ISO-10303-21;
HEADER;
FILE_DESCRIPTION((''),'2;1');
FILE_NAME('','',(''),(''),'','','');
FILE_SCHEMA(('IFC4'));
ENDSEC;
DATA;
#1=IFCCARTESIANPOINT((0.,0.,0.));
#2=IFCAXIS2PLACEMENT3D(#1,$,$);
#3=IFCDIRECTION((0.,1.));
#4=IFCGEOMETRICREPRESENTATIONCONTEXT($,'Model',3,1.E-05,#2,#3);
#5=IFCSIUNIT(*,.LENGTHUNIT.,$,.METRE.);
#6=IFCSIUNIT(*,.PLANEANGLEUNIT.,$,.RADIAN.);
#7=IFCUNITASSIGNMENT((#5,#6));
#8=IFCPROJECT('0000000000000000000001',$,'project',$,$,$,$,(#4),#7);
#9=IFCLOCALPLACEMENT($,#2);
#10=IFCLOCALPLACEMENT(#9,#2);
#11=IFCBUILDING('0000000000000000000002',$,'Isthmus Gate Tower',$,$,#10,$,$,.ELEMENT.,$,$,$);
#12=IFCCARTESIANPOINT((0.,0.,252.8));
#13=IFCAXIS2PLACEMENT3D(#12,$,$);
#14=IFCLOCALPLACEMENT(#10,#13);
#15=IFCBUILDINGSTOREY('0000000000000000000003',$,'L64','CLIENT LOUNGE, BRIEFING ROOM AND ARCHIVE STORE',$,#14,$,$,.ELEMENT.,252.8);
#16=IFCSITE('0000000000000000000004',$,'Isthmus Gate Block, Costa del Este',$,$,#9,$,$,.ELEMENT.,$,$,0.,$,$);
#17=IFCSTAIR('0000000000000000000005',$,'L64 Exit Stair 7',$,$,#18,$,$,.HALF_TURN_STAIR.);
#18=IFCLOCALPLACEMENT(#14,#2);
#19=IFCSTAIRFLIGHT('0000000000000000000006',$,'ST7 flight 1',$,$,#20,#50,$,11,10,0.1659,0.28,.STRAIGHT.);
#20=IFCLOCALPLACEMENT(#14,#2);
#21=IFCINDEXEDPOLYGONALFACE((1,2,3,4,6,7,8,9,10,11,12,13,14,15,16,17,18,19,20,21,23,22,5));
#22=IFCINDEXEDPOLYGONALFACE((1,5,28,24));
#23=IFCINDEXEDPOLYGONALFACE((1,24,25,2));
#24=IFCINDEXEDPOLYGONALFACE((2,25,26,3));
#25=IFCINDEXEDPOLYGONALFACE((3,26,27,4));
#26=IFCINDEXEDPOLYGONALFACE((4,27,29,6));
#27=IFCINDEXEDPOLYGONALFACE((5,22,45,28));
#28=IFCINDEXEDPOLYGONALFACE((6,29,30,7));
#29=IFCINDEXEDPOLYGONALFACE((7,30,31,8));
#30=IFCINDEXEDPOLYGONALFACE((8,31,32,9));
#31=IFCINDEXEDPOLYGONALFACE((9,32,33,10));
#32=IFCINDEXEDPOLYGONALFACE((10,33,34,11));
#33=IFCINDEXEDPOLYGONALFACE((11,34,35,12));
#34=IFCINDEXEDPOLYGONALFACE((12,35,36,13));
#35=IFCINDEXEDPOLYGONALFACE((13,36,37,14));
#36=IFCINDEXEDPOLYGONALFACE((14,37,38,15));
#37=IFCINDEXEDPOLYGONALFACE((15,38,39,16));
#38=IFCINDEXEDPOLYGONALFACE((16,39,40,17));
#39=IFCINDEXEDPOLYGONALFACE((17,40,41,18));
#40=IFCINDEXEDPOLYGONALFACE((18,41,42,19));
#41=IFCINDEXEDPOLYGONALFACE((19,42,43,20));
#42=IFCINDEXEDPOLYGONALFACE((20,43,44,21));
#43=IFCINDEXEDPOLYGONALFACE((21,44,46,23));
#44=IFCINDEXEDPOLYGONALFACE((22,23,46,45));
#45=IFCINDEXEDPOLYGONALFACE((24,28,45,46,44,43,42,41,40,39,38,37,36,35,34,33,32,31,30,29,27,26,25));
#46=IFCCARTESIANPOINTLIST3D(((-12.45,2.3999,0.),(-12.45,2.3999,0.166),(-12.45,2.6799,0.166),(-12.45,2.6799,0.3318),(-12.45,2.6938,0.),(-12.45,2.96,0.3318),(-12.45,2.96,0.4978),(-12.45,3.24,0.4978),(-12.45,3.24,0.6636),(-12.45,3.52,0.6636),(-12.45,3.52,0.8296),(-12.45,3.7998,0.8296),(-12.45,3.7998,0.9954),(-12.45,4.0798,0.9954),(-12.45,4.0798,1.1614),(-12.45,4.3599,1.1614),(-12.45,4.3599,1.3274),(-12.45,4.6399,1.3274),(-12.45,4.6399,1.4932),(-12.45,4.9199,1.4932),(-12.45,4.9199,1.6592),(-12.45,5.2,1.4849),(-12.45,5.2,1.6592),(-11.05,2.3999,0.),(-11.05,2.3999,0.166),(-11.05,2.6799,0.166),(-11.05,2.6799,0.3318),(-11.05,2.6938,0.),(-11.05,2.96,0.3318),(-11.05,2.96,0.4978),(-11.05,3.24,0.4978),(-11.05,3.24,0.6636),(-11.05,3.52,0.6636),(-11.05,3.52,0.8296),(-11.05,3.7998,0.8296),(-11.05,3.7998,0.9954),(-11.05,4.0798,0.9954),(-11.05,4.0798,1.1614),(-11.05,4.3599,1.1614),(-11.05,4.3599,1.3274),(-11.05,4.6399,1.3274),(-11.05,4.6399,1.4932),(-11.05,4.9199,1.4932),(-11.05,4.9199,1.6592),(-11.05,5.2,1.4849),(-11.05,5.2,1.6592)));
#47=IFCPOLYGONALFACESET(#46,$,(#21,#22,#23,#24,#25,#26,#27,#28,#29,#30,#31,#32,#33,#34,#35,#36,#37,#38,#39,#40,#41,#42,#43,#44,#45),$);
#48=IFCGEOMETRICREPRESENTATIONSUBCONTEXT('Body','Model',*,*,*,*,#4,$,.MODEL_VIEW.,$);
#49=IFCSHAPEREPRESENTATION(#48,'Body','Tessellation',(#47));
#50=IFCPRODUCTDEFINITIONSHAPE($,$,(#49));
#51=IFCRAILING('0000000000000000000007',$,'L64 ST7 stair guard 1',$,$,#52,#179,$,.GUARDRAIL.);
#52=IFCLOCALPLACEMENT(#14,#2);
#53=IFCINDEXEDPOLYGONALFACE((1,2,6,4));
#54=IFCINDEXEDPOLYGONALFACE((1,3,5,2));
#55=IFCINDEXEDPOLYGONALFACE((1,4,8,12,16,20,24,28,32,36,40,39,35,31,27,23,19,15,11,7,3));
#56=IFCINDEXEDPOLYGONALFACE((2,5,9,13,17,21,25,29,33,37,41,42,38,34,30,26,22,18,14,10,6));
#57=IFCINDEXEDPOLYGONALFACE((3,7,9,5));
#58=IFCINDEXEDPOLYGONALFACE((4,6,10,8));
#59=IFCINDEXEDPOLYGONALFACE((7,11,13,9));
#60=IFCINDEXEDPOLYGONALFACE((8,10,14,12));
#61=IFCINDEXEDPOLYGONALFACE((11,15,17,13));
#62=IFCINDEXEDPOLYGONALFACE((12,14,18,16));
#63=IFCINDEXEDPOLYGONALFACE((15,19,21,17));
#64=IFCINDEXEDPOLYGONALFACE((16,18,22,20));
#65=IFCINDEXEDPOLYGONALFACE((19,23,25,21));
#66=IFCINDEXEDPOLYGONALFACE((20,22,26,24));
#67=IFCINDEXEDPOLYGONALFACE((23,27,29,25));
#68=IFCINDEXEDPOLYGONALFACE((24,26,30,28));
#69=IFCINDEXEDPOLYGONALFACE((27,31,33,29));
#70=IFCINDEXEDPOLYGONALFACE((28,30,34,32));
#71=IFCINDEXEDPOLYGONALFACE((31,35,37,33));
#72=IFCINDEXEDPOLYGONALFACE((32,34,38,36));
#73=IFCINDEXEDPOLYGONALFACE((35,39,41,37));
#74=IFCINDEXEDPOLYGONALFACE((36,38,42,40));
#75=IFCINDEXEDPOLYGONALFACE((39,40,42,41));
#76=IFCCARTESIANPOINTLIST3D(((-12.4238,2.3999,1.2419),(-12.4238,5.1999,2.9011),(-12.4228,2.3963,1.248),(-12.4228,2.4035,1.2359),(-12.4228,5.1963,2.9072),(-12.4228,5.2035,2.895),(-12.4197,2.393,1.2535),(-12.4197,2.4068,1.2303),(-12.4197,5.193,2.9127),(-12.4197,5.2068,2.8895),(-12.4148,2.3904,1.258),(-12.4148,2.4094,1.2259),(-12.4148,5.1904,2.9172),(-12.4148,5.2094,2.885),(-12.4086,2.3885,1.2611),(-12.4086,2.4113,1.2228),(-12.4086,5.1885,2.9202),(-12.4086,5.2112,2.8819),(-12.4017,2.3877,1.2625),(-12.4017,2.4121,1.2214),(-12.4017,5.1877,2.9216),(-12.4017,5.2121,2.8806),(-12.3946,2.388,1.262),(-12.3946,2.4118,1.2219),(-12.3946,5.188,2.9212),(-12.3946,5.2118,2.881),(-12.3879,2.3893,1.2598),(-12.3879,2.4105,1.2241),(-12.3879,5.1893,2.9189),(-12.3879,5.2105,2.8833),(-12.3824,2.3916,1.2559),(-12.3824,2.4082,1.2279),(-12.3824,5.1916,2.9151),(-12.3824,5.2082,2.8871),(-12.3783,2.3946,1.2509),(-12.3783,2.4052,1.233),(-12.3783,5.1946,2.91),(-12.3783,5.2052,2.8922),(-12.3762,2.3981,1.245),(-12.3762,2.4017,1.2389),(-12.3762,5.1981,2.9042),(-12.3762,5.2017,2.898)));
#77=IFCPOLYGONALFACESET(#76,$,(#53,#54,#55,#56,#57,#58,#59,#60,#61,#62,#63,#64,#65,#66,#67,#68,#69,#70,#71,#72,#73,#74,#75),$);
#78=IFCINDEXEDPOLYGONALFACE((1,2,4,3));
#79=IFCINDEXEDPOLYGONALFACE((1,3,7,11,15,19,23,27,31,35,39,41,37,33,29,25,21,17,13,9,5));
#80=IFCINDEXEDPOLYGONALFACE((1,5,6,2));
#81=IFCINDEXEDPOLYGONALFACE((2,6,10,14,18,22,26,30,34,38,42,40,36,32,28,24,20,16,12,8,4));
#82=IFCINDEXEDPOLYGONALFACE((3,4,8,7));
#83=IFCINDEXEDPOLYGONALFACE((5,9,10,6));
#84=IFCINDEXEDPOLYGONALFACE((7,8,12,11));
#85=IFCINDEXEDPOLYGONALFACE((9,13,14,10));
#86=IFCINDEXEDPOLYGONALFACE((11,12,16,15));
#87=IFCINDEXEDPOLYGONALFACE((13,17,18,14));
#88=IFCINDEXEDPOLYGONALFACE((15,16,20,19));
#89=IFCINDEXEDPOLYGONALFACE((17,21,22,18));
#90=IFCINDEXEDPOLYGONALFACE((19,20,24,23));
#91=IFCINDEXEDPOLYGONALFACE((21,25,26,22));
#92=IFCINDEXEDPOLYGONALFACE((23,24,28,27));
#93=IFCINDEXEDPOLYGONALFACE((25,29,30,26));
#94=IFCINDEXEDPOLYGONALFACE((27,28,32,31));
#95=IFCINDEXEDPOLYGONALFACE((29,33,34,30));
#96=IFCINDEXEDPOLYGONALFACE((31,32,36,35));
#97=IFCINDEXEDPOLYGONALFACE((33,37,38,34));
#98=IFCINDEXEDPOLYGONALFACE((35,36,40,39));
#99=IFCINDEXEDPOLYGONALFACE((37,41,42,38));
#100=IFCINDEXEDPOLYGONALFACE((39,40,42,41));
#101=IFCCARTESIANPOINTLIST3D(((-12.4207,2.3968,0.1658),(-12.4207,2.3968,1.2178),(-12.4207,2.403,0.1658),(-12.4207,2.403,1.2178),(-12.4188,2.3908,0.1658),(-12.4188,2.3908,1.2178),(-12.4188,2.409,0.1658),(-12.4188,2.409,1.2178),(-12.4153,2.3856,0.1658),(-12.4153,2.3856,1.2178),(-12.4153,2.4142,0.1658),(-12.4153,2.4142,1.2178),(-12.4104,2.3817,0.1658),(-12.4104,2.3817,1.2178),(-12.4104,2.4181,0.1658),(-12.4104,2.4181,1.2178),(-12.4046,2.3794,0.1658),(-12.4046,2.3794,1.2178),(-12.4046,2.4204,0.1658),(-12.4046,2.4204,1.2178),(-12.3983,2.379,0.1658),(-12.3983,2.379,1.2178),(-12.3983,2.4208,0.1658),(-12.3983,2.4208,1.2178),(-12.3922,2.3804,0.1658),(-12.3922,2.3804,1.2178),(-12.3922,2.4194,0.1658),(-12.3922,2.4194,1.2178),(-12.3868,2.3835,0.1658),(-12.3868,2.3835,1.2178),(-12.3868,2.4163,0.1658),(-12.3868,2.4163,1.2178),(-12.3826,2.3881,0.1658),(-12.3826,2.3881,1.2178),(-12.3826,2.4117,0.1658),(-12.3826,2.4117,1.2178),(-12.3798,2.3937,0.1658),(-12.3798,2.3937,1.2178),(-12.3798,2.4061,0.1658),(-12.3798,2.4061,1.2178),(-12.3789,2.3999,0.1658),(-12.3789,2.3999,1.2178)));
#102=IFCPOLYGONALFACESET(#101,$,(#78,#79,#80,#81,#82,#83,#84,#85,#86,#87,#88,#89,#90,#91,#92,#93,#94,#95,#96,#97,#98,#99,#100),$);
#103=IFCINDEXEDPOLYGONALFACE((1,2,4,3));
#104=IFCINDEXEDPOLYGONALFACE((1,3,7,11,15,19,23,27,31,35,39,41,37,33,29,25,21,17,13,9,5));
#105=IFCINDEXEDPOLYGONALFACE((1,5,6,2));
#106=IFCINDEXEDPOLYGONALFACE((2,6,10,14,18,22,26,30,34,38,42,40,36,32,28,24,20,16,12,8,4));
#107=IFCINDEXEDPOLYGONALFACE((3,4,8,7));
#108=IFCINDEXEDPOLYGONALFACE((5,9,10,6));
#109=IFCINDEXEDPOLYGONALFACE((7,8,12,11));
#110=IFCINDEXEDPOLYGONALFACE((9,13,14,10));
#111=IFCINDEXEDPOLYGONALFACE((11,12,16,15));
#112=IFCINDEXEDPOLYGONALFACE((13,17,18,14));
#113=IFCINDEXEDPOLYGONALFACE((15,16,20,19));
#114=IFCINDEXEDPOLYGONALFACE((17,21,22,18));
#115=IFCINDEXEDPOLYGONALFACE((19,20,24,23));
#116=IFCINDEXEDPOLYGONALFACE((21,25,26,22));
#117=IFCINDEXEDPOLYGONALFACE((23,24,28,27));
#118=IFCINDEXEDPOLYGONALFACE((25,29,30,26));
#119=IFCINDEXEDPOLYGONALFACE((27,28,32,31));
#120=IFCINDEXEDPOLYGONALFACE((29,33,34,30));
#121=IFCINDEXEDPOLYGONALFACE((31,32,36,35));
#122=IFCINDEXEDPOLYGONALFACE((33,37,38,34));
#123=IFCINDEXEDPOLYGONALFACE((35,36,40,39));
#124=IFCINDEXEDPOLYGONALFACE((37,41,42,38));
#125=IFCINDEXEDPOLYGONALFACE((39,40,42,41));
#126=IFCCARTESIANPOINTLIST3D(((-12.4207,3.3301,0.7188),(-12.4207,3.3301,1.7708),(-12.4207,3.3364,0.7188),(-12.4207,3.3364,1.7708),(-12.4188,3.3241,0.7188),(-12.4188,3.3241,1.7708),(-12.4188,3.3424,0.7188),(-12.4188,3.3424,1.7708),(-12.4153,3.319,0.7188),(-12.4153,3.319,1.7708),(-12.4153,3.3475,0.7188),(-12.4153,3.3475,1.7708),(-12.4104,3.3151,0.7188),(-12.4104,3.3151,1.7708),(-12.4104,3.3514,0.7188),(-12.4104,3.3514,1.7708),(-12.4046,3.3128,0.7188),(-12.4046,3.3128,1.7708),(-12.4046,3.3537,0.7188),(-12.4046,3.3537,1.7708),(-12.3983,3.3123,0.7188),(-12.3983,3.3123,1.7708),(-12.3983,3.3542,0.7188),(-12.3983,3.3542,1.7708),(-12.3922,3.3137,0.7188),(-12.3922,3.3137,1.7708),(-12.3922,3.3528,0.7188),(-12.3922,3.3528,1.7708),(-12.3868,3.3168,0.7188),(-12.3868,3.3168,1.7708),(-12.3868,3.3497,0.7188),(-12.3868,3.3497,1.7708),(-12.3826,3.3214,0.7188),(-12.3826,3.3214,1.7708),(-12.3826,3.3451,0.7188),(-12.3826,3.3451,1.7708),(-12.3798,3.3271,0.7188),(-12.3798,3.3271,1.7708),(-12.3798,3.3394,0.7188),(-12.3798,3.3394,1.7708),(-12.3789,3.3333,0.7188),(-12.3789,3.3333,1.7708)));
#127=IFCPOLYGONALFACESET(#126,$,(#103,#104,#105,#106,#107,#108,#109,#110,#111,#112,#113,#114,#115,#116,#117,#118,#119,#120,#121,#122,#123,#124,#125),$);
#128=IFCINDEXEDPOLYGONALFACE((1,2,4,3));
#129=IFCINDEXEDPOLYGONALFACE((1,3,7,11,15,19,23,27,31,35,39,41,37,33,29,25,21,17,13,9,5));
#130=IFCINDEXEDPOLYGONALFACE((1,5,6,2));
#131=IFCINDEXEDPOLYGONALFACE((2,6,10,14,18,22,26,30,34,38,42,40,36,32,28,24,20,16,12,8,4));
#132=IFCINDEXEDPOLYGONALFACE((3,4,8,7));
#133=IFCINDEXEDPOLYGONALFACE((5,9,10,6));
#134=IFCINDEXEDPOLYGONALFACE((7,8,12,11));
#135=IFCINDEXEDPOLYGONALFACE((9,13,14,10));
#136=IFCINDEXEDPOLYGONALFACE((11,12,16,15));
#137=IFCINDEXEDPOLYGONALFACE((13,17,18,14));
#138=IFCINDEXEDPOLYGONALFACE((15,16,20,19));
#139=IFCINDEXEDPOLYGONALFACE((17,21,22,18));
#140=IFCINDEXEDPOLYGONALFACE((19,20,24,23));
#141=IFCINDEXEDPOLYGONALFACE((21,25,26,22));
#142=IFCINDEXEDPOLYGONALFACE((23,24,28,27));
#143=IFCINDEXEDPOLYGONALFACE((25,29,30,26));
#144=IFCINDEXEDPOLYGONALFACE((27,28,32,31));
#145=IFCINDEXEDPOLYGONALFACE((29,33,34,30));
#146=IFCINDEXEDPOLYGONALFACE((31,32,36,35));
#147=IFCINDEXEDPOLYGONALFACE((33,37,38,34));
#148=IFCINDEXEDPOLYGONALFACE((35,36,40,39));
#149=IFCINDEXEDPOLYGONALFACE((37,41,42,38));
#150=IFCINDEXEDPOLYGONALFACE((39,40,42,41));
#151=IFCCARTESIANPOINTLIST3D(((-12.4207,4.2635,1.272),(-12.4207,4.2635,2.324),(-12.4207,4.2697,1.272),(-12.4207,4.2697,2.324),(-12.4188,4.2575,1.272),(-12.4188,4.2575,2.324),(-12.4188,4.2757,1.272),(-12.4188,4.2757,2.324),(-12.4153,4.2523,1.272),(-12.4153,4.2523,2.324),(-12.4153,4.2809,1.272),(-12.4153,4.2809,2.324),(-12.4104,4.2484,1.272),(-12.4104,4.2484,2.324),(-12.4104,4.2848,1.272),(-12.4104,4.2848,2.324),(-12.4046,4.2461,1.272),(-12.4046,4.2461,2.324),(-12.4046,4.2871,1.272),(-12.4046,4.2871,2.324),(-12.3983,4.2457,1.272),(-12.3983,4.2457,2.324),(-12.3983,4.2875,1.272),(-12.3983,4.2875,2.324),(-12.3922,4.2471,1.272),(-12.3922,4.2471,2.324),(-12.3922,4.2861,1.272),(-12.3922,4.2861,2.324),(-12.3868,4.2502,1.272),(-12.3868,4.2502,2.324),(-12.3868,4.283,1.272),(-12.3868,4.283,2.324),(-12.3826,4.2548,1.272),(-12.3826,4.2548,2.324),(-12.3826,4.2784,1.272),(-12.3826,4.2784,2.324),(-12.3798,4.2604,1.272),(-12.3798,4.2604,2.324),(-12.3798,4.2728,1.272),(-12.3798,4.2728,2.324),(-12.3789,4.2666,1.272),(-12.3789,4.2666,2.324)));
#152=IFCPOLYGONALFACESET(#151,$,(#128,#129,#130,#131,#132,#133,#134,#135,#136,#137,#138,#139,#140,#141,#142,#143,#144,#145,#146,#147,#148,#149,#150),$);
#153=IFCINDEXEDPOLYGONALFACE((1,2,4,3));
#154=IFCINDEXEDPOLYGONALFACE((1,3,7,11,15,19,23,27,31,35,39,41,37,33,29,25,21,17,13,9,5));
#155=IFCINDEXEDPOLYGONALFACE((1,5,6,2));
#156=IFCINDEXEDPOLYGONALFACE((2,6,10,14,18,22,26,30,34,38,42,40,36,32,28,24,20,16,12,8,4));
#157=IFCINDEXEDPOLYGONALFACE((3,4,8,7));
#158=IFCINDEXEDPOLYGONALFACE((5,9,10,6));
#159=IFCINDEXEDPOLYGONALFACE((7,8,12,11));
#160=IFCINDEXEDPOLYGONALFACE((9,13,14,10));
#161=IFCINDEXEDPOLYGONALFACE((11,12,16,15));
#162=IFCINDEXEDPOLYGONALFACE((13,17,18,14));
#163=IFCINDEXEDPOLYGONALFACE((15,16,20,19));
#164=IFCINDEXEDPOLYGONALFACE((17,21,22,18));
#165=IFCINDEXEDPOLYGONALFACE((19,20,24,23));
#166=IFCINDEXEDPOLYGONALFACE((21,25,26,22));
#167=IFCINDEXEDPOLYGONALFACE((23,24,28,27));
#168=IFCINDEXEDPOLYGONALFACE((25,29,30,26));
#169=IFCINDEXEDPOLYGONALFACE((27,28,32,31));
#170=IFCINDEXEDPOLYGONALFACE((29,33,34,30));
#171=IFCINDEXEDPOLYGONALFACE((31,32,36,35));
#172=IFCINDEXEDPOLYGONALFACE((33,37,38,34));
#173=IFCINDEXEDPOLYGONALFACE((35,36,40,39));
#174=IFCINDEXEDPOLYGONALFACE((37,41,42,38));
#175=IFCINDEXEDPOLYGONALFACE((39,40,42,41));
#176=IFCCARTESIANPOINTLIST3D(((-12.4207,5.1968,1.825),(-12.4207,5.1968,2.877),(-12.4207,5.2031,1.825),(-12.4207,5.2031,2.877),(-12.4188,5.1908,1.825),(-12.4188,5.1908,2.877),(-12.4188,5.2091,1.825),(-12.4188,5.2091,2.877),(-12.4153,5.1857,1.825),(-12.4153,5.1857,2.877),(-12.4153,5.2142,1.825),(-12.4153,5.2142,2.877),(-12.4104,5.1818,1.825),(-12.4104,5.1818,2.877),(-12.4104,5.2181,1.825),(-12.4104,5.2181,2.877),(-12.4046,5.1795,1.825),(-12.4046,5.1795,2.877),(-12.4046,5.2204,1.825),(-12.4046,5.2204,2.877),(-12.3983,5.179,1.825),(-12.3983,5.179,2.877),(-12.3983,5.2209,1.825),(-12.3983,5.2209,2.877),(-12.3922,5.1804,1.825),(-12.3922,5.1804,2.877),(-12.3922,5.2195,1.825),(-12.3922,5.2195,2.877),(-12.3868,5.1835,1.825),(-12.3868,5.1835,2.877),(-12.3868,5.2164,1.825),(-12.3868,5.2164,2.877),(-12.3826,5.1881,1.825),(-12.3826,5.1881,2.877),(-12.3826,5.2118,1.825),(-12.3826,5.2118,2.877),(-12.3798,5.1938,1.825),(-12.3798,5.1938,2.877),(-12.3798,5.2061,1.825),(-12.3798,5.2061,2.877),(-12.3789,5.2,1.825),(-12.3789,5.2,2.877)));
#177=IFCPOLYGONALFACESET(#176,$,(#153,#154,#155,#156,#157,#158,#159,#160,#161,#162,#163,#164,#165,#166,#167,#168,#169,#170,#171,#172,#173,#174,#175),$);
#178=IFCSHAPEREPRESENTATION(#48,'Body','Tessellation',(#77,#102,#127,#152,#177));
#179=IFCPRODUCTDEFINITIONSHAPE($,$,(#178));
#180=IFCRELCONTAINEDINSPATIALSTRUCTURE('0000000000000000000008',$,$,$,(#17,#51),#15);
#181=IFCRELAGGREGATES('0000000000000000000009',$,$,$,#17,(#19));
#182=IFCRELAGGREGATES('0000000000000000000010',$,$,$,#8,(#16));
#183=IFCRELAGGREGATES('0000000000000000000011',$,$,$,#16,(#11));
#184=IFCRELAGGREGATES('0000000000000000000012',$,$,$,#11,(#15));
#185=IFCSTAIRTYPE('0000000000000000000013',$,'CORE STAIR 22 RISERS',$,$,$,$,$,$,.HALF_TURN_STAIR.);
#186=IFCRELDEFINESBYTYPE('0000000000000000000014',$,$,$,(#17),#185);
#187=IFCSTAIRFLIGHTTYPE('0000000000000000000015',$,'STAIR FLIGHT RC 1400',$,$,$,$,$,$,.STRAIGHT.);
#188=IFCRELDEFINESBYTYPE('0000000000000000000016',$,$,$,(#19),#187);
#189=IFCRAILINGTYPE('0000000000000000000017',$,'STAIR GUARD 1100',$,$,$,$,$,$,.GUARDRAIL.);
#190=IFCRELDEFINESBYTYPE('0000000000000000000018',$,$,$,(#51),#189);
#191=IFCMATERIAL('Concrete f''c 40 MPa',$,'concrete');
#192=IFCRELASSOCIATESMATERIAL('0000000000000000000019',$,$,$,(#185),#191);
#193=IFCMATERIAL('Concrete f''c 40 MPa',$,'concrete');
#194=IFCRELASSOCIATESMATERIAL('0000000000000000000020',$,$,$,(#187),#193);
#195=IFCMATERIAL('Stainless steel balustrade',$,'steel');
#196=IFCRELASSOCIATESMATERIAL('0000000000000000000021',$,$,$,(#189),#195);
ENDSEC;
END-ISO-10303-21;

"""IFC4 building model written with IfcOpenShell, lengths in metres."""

from ifc_helpers import new_model, si_unit, direction, frame, origin, origin_2d, place, context, subcontext, project, spatial, polyline, circle, outline, extrude, material, type_object, element, aggregate, save


model = new_model("IFC4")

# Units and contexts
model_context = context("Model", 3, precision=1e-05, world=origin(), true_north=direction((0.0, 1.0)))
body_context = subcontext(model_context, "Body", "Model", "MODEL_VIEW")
ifc_project = project(units=[si_unit("LENGTHUNIT", "METRE"), si_unit("PLANEANGLEUNIT", "RADIAN")], contexts=[model_context])

# Site, building, storey
site_placement = place(None, origin())
site = spatial("IfcSite", under=ifc_project, at=site_placement, Name="Isthmus Gate Block, Costa del Este", CompositionType="ELEMENT", RefElevation=0.0)
building_placement = place(site_placement, origin())
building = spatial("IfcBuilding", under=site, at=building_placement, Name="Isthmus Gate Tower", CompositionType="ELEMENT")
storey_placement = place(building_placement, frame((0.0, 0.0, 252.8)))
storey = spatial("IfcBuildingStorey", under=building, at=storey_placement, Name="L64", Description="CLIENT LOUNGE, BRIEFING ROOM AND ARCHIVE STORE", CompositionType="ELEMENT", Elevation=252.8)

# Stair, stair flight
ifc_material_1 = material(Name="Concrete f'c 40 MPa", Category="concrete")
stair_type = type_object("IfcStairType", Name="CORE STAIR 22 RISERS", PredefinedType="HALF_TURN_STAIR", material=ifc_material_1)
stair_placement = place(storey_placement, origin())
stair = element("IfcStair", 1, at=stair_placement, inside=storey, type_object=stair_type, Name="L64 Exit Stair 7", PredefinedType="HALF_TURN_STAIR")
ifc_material_2 = material(Name="Concrete f'c 40 MPa", Category="concrete")
stair_flight_type = type_object("IfcStairFlightType", Name="STAIR FLIGHT RC 1400", PredefinedType="STRAIGHT", material=ifc_material_2)
stair_flight_placement = place(storey_placement, frame((-11.75, 2.3999, 0.0), z_axis=(0.0, 0.0, 1.0), x_axis=(0.0, 1.0, 0.0)))
stair_flight = element("IfcStairFlight", 2, at=stair_flight_placement, type_object=stair_flight_type, Name="ST7 flight 1", NumberOfRisers=11, NumberOfTreads=10, PredefinedType="STRAIGHT", RiserHeight=0.1659, TreadLength=0.28, context=body_context, shape_type="SweptSolid", body=[
    extrude(outline(polyline([(0.0, 0.0), (0.0, 0.166), (0.28, 0.166), (0.28, 0.3318), (0.5601, 0.3318), (0.5601, 0.4978), (0.8401, 0.4978), (0.8401, 0.6636), (1.1201, 0.6636), (1.1201, 0.8296), (1.3999, 0.8296), (1.3999, 0.9954), (1.6799, 0.9954), (1.6799, 1.1614), (1.96, 1.1614), (1.96, 1.3274), (2.24, 1.3274), (2.24, 1.4932), (2.52, 1.4932), (2.52, 1.6592), (2.8, 1.6592), (2.8, 1.825), (2.8, 1.4849), (0.2939, 0.0), (0.0, 0.0)])), frame((0.0, 0.7, 0.0), z_axis=(0.0, -1.0, 0.0), x_axis=(1.0, 0.0, 0.0)), (0.0, 0.0, 1.0), 1.3999),
])
aggregate(stair, [stair_flight])

# Railing
ifc_material_3 = material(Name="Stainless steel balustrade", Category="steel")
railing_type_1 = type_object("IfcRailingType", Name="STAIR GUARD 1100", PredefinedType="GUARDRAIL", material=ifc_material_3)
railing_1_placement = place(storey_placement, frame((-12.3999, 2.3999, 0.1658)))
element("IfcRailing", 3, at=railing_1_placement, inside=storey, type_object=railing_type_1, Name="L64 ST7 stair guard 1", PredefinedType="GUARDRAIL", context=body_context, shape_type="SweptSolid", body=[
    extrude(circle(Radius=0.0239, at=origin_2d()), frame((0.0, 0.0, 1.0762), z_axis=(0.0, 0.860306, 0.509778), x_axis=(-1.0, 0.0, 0.0)), (0.0, 0.0, 1.0), 3.2546),
    extrude(circle(Radius=0.021, at=origin_2d()), origin(), (0.0, 0.0, 1.0), 1.052),
    extrude(circle(Radius=0.021, at=origin_2d()), frame((0.0, 0.9333, 0.553)), (0.0, 0.0, 1.0), 1.052),
    extrude(circle(Radius=0.021, at=origin_2d()), frame((0.0, 1.8667, 1.1062)), (0.0, 0.0, 1.0), 1.052),
    extrude(circle(Radius=0.021, at=origin_2d()), frame((0.0, 2.8, 1.6592)), (0.0, 0.0, 1.0), 1.052),
])

save(model, "model.ifc")
